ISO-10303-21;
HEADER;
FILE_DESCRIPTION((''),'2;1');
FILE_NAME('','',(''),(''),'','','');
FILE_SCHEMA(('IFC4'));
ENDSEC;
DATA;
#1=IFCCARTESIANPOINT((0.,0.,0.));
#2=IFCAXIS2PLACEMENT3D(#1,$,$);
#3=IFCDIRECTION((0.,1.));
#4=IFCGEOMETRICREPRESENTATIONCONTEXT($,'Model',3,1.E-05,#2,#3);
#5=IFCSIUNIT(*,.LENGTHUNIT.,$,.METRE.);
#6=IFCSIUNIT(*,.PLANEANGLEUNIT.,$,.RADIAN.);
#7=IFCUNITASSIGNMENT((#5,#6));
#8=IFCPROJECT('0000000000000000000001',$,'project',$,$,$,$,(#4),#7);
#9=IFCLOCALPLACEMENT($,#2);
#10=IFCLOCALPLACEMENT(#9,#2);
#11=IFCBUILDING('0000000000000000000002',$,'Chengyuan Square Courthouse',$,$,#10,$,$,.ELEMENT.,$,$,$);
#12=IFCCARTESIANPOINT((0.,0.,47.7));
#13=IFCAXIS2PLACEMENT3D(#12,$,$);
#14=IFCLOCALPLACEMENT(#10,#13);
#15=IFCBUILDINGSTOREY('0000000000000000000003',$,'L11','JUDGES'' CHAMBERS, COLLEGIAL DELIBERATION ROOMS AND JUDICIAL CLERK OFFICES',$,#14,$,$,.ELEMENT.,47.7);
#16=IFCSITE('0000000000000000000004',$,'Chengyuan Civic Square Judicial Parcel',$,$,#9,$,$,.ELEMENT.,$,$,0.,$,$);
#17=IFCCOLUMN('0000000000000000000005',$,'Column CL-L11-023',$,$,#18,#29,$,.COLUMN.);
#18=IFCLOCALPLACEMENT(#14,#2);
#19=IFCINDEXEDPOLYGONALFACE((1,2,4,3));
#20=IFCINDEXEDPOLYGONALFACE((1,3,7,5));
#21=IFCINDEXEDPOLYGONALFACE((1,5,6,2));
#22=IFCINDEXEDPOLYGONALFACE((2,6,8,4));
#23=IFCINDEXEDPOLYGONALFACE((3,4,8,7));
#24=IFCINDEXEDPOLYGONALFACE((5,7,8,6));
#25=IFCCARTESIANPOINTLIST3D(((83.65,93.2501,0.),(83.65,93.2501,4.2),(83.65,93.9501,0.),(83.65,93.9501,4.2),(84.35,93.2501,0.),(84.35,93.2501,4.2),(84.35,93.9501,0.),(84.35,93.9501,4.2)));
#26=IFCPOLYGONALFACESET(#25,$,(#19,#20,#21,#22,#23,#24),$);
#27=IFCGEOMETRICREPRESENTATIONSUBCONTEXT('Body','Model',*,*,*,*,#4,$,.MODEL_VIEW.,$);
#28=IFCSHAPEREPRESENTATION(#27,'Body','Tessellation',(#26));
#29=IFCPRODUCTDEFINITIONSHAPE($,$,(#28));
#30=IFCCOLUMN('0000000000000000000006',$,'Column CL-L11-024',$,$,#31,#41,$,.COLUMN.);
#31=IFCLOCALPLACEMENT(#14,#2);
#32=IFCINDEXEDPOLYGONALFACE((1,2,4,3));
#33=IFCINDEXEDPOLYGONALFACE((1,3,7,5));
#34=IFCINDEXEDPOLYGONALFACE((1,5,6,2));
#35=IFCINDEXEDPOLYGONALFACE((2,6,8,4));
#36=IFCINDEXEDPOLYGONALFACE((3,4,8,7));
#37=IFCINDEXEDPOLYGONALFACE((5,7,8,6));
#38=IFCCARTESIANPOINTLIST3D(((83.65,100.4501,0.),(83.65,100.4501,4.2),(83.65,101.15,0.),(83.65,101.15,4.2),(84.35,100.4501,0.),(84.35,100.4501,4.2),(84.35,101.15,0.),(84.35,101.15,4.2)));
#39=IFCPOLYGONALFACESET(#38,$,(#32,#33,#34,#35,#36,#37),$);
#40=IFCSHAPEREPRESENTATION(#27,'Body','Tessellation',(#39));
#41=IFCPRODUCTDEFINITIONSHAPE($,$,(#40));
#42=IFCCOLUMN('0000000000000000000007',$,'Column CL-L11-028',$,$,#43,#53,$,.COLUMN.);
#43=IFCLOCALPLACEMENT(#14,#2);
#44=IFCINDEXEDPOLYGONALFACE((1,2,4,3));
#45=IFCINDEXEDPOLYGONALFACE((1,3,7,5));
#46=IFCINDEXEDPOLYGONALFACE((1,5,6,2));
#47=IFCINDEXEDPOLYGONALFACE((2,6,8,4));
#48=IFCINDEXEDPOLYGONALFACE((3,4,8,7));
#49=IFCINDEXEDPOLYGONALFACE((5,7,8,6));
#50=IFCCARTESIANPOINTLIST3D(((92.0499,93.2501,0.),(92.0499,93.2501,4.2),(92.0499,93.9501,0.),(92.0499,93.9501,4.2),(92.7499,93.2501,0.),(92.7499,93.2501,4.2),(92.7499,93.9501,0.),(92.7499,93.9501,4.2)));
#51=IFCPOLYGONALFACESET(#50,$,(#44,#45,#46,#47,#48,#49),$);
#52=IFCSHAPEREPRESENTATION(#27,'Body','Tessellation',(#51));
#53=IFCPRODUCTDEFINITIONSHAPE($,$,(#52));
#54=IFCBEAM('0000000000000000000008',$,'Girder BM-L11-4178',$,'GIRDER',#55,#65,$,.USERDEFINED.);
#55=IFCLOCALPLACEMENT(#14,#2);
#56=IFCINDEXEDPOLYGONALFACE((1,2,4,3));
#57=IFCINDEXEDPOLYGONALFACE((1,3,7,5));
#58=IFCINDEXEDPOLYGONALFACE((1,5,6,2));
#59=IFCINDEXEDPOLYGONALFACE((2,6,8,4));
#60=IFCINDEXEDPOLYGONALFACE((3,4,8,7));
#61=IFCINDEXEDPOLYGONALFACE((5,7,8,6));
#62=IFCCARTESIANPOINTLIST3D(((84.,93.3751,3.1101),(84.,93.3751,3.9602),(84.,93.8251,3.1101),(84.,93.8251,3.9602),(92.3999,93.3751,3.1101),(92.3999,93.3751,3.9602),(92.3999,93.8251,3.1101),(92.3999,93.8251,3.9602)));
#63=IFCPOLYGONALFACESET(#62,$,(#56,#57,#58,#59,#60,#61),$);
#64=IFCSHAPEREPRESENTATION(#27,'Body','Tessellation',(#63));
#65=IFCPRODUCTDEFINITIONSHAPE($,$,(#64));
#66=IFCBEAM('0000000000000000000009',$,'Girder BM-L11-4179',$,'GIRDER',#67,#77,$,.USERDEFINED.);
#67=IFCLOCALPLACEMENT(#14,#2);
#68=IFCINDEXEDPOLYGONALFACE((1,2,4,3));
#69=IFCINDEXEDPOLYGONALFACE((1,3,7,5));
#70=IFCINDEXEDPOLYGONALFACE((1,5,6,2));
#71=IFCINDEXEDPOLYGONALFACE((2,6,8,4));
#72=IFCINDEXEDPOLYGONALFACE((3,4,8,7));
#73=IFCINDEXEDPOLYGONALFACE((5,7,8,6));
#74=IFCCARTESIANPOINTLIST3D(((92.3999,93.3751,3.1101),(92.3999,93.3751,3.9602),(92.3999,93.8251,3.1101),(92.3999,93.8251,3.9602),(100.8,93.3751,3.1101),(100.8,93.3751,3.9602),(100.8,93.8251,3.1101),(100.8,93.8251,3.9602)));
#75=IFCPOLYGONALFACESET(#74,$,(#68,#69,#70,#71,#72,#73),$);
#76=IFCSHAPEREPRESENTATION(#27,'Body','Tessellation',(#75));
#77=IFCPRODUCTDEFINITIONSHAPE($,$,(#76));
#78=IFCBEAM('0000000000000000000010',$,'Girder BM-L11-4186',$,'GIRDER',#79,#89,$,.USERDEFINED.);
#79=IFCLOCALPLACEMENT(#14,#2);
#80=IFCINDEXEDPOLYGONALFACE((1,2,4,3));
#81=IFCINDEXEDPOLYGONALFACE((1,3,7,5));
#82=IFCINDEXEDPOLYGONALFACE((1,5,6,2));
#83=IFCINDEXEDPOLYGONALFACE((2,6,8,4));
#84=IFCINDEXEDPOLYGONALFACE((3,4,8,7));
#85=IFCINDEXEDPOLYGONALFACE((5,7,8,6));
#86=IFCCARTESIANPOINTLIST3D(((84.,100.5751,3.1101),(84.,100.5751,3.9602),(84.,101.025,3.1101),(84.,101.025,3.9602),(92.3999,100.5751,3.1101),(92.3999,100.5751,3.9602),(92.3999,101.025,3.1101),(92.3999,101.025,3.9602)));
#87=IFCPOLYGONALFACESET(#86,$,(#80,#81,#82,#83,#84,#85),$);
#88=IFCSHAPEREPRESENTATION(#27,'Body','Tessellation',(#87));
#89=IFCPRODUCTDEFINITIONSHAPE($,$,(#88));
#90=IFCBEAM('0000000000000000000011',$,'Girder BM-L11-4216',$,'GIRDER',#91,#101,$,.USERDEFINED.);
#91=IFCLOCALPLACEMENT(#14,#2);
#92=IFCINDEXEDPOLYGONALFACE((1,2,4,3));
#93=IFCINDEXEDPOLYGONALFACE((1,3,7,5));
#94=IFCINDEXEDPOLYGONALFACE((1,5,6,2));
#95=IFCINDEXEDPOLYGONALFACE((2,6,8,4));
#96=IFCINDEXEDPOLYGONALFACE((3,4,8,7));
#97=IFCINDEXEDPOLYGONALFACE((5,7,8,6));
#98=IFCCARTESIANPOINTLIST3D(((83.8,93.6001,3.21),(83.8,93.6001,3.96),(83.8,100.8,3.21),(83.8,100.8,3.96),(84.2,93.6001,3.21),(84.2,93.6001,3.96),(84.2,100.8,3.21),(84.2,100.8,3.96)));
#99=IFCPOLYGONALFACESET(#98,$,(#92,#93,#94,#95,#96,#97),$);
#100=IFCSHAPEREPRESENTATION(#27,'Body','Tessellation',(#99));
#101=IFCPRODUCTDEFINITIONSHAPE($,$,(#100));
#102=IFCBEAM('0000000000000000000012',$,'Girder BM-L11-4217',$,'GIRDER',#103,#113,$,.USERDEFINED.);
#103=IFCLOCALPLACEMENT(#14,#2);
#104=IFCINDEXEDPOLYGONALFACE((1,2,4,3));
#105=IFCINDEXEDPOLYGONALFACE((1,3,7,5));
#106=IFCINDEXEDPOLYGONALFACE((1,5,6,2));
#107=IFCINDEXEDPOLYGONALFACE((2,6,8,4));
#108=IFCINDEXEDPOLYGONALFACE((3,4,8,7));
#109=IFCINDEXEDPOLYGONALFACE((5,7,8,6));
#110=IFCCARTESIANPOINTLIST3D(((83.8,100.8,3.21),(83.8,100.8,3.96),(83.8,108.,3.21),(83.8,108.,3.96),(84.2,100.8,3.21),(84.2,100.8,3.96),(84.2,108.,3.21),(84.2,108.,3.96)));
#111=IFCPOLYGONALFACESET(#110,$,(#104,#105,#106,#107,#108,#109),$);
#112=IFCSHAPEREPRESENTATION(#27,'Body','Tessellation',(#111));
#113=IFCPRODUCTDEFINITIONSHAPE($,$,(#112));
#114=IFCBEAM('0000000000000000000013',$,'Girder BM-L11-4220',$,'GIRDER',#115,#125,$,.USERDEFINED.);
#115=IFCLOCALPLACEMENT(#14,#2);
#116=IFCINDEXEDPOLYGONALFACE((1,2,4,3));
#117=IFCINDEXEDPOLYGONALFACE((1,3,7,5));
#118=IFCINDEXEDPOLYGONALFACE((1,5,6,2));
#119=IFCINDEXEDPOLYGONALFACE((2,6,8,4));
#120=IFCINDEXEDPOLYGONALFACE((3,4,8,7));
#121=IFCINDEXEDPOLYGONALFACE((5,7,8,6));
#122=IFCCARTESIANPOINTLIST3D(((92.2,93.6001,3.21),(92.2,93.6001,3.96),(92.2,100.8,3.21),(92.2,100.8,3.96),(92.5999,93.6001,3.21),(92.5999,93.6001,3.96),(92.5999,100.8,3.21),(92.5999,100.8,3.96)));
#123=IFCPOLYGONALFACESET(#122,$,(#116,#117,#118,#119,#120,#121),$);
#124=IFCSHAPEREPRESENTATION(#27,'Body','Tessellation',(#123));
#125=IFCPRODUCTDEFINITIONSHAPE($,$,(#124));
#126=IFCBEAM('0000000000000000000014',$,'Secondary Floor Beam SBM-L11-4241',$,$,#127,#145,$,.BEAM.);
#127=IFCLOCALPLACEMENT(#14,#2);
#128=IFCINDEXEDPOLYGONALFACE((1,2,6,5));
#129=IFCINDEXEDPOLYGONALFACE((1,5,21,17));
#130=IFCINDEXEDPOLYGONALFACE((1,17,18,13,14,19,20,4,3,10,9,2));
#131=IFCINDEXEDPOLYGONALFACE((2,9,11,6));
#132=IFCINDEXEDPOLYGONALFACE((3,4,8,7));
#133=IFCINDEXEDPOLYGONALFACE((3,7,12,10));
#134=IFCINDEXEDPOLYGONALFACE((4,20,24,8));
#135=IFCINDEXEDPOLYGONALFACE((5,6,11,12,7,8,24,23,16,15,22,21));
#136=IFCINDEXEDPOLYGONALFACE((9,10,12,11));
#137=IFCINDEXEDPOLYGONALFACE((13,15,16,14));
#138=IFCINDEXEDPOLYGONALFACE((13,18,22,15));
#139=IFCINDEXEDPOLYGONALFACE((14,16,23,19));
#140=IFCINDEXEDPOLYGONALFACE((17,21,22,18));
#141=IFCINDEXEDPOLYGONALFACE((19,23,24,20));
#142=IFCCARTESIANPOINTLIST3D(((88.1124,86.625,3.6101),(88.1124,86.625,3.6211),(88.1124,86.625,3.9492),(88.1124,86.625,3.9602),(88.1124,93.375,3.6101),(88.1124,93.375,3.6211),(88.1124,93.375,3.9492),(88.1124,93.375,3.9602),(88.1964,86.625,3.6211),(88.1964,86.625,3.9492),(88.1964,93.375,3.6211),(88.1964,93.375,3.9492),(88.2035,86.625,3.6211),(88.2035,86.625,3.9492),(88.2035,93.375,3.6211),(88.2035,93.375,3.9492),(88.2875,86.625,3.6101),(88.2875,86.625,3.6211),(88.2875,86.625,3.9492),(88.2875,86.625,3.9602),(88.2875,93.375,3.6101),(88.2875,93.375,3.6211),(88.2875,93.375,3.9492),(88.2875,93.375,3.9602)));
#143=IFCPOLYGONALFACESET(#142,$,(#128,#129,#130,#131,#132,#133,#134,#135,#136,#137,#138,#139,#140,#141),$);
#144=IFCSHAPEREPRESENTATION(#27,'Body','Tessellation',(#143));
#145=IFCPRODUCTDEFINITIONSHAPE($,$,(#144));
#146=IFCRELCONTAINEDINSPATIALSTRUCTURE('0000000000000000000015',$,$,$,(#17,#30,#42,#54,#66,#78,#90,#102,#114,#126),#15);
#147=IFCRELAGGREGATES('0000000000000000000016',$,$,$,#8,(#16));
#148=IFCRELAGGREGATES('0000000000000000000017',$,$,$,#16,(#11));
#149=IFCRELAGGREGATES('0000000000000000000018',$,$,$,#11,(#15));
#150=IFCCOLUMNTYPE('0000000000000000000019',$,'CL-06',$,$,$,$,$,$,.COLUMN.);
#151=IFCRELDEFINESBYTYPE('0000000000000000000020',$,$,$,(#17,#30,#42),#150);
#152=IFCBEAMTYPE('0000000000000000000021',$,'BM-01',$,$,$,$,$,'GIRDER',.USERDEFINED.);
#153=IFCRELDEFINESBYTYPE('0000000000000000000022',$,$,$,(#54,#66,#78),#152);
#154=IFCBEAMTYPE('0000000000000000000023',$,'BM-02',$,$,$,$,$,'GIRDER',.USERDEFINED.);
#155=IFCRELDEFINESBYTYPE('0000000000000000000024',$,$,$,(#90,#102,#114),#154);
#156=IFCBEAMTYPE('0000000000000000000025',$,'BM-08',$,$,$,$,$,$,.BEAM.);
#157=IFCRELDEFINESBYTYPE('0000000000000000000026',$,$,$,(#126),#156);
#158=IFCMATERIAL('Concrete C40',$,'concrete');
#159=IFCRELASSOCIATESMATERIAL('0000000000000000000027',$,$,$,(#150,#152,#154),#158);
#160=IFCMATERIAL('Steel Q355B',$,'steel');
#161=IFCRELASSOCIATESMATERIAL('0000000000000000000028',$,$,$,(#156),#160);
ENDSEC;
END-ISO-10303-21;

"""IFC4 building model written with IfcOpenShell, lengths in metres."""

from ifc_helpers import new_model, si_unit, direction, frame, origin, origin_2d, place, context, subcontext, project, spatial, rectangle, i_section, extrude, material, material_profile, profile_set, type_object, element, save


model = new_model("IFC4")

# Units and contexts
model_context = context("Model", 3, precision=1e-05, world=origin(), true_north=direction((0.0, 1.0)))
body_context = subcontext(model_context, "Body", "Model", "MODEL_VIEW")
ifc_project = project(units=[si_unit("LENGTHUNIT", "METRE"), si_unit("PLANEANGLEUNIT", "RADIAN")], contexts=[model_context])

# Site, building, storey
site_placement = place(None, origin())
site = spatial("IfcSite", under=ifc_project, at=site_placement, Name="Chengyuan Civic Square Judicial Parcel", CompositionType="ELEMENT", RefElevation=0.0)
building_placement = place(site_placement, origin())
building = spatial("IfcBuilding", under=site, at=building_placement, Name="Chengyuan Square Courthouse", CompositionType="ELEMENT")
storey_placement = place(building_placement, frame((0.0, 0.0, 47.7)))
storey = spatial("IfcBuildingStorey", under=building, at=storey_placement, Name="L11", Description="JUDGES' CHAMBERS, COLLEGIAL DELIBERATION ROOMS AND JUDICIAL CLERK OFFICES", CompositionType="ELEMENT", Elevation=47.7)

# Columns
ifc_material_1 = material(Name="Concrete C40", Category="concrete")
ifc_material_profile_1 = material_profile(ifc_material_1, rectangle(XDim=0.7, YDim=0.7, at=origin_2d()), Name="RC-COL-700x700")
ifc_profile_set_1 = profile_set([ifc_material_profile_1], Name="Concrete C40")
column_type = type_object("IfcColumnType", Name="CL-06", PredefinedType="COLUMN", material=ifc_profile_set_1)
for number, where, z_axis, x_axis, name in (
    (1, (84.0, 93.6001, 0.0), (0.0, 0.0, 1.0), (1.0, 0.0, 0.0), "Column CL-L11-023"),
    (2, (84.0, 100.8, 0.0), (0.0, 0.0, 1.0), (1.0, 0.0, 0.0), "Column CL-L11-024"),
    (3, (92.3999, 93.6001, 0.0), (0.0, 0.0, 1.0), (1.0, 0.0, 0.0), "Column CL-L11-028"),
):
    element("IfcColumn", number, at=place(storey_placement, frame(where, z_axis=z_axis, x_axis=x_axis)), inside=storey, type_object=column_type, Name=name, PredefinedType="COLUMN", context=body_context, shape_type="SweptSolid", body=[
        extrude(rectangle(XDim=0.7, YDim=0.7, at=origin_2d()), origin(), (0.0, 0.0, 1.0), 4.2),
    ])

# Beams
ifc_material_profile_2 = material_profile(ifc_material_1, rectangle(XDim=0.45, YDim=0.8501, at=origin_2d()), Name="RC-BM-450x850")
ifc_profile_set_2 = profile_set([ifc_material_profile_2], Name="Concrete C40")
beam_type_1 = type_object("IfcBeamType", Name="BM-01", ElementType="GIRDER", PredefinedType="USERDEFINED", material=ifc_profile_set_2)
beam_1_placement = place(storey_placement, frame((84.0, 93.6001, 3.5352), z_axis=(1.0, 0.0, 0.0), x_axis=(0.0, 1.0, 0.0)))
element("IfcBeam", 4, at=beam_1_placement, inside=storey, type_object=beam_type_1, Name="Girder BM-L11-4178", ObjectType="GIRDER", PredefinedType="USERDEFINED", context=body_context, shape_type="SweptSolid", body=[
    extrude(rectangle(XDim=0.45, YDim=0.8501, at=origin_2d()), origin(), (0.0, 0.0, 1.0), 8.3999),
])
beam_2_placement = place(storey_placement, frame((92.3999, 93.6001, 3.5352), z_axis=(1.0, 0.0, 0.0), x_axis=(0.0, 1.0, 0.0)))
element("IfcBeam", 5, at=beam_2_placement, inside=storey, type_object=beam_type_1, Name="Girder BM-L11-4179", ObjectType="GIRDER", PredefinedType="USERDEFINED", context=body_context, shape_type="SweptSolid", body=[
    extrude(rectangle(XDim=0.45, YDim=0.8501, at=origin_2d()), origin(), (0.0, 0.0, 1.0), 8.4001),
])
beam_3_placement = place(storey_placement, frame((84.0, 100.8, 3.5352), z_axis=(1.0, 0.0, 0.0), x_axis=(0.0, 1.0, 0.0)))
element("IfcBeam", 6, at=beam_3_placement, inside=storey, type_object=beam_type_1, Name="Girder BM-L11-4186", ObjectType="GIRDER", PredefinedType="USERDEFINED", context=body_context, shape_type="SweptSolid", body=[
    extrude(rectangle(XDim=0.45, YDim=0.8501, at=origin_2d()), origin(), (0.0, 0.0, 1.0), 8.3999),
])
ifc_material_profile_3 = material_profile(ifc_material_1, rectangle(XDim=0.3999, YDim=0.75, at=origin_2d()), Name="RC-BM-400x750")
ifc_profile_set_3 = profile_set([ifc_material_profile_3], Name="Concrete C40")
beam_type_2 = type_object("IfcBeamType", Name="BM-02", ElementType="GIRDER", PredefinedType="USERDEFINED", material=ifc_profile_set_3)
for number, where, z_axis, x_axis, name in (
    (7, (84.0, 93.6001, 3.585), (0.0, 1.0, 0.0), (-1.0, 0.0, 0.0), "Girder BM-L11-4216"),
    (8, (84.0, 100.8, 3.585), (0.0, 1.0, 0.0), (-1.0, 0.0, 0.0), "Girder BM-L11-4217"),
    (9, (92.3999, 93.6001, 3.585), (0.0, 1.0, 0.0), (-1.0, 0.0, 0.0), "Girder BM-L11-4220"),
):
    element("IfcBeam", number, at=place(storey_placement, frame(where, z_axis=z_axis, x_axis=x_axis)), inside=storey, type_object=beam_type_2, Name=name, ObjectType="GIRDER", PredefinedType="USERDEFINED", context=body_context, shape_type="SweptSolid", body=[
        extrude(rectangle(XDim=0.3999, YDim=0.75, at=origin_2d()), origin(), (0.0, 0.0, 1.0), 7.2),
    ])
ifc_material_2 = material(Name="Steel Q355B", Category="steel")
ifc_material_profile_4 = material_profile(ifc_material_2, i_section(OverallWidth=0.175, OverallDepth=0.3501, WebThickness=0.0071, FlangeThickness=0.011, at=origin_2d()), Name="HN 350x175x7x11")
ifc_profile_set_4 = profile_set([ifc_material_profile_4], Name="Steel Q355B")
beam_type_3 = type_object("IfcBeamType", Name="BM-08", PredefinedType="BEAM", material=ifc_profile_set_4)
beam_4_placement = place(storey_placement, frame((88.2, 86.625, 3.7852), z_axis=(0.0, 1.0, 0.0), x_axis=(-1.0, 0.0, 0.0)))
element("IfcBeam", 10, at=beam_4_placement, inside=storey, type_object=beam_type_3, Name="Secondary Floor Beam SBM-L11-4241", PredefinedType="BEAM", context=body_context, shape_type="SweptSolid", body=[
    extrude(i_section(OverallWidth=0.175, OverallDepth=0.3501, WebThickness=0.0071, FlangeThickness=0.011, at=origin_2d()), origin(), (0.0, 0.0, 1.0), 6.75),
])

save(model, "model.ifc")
